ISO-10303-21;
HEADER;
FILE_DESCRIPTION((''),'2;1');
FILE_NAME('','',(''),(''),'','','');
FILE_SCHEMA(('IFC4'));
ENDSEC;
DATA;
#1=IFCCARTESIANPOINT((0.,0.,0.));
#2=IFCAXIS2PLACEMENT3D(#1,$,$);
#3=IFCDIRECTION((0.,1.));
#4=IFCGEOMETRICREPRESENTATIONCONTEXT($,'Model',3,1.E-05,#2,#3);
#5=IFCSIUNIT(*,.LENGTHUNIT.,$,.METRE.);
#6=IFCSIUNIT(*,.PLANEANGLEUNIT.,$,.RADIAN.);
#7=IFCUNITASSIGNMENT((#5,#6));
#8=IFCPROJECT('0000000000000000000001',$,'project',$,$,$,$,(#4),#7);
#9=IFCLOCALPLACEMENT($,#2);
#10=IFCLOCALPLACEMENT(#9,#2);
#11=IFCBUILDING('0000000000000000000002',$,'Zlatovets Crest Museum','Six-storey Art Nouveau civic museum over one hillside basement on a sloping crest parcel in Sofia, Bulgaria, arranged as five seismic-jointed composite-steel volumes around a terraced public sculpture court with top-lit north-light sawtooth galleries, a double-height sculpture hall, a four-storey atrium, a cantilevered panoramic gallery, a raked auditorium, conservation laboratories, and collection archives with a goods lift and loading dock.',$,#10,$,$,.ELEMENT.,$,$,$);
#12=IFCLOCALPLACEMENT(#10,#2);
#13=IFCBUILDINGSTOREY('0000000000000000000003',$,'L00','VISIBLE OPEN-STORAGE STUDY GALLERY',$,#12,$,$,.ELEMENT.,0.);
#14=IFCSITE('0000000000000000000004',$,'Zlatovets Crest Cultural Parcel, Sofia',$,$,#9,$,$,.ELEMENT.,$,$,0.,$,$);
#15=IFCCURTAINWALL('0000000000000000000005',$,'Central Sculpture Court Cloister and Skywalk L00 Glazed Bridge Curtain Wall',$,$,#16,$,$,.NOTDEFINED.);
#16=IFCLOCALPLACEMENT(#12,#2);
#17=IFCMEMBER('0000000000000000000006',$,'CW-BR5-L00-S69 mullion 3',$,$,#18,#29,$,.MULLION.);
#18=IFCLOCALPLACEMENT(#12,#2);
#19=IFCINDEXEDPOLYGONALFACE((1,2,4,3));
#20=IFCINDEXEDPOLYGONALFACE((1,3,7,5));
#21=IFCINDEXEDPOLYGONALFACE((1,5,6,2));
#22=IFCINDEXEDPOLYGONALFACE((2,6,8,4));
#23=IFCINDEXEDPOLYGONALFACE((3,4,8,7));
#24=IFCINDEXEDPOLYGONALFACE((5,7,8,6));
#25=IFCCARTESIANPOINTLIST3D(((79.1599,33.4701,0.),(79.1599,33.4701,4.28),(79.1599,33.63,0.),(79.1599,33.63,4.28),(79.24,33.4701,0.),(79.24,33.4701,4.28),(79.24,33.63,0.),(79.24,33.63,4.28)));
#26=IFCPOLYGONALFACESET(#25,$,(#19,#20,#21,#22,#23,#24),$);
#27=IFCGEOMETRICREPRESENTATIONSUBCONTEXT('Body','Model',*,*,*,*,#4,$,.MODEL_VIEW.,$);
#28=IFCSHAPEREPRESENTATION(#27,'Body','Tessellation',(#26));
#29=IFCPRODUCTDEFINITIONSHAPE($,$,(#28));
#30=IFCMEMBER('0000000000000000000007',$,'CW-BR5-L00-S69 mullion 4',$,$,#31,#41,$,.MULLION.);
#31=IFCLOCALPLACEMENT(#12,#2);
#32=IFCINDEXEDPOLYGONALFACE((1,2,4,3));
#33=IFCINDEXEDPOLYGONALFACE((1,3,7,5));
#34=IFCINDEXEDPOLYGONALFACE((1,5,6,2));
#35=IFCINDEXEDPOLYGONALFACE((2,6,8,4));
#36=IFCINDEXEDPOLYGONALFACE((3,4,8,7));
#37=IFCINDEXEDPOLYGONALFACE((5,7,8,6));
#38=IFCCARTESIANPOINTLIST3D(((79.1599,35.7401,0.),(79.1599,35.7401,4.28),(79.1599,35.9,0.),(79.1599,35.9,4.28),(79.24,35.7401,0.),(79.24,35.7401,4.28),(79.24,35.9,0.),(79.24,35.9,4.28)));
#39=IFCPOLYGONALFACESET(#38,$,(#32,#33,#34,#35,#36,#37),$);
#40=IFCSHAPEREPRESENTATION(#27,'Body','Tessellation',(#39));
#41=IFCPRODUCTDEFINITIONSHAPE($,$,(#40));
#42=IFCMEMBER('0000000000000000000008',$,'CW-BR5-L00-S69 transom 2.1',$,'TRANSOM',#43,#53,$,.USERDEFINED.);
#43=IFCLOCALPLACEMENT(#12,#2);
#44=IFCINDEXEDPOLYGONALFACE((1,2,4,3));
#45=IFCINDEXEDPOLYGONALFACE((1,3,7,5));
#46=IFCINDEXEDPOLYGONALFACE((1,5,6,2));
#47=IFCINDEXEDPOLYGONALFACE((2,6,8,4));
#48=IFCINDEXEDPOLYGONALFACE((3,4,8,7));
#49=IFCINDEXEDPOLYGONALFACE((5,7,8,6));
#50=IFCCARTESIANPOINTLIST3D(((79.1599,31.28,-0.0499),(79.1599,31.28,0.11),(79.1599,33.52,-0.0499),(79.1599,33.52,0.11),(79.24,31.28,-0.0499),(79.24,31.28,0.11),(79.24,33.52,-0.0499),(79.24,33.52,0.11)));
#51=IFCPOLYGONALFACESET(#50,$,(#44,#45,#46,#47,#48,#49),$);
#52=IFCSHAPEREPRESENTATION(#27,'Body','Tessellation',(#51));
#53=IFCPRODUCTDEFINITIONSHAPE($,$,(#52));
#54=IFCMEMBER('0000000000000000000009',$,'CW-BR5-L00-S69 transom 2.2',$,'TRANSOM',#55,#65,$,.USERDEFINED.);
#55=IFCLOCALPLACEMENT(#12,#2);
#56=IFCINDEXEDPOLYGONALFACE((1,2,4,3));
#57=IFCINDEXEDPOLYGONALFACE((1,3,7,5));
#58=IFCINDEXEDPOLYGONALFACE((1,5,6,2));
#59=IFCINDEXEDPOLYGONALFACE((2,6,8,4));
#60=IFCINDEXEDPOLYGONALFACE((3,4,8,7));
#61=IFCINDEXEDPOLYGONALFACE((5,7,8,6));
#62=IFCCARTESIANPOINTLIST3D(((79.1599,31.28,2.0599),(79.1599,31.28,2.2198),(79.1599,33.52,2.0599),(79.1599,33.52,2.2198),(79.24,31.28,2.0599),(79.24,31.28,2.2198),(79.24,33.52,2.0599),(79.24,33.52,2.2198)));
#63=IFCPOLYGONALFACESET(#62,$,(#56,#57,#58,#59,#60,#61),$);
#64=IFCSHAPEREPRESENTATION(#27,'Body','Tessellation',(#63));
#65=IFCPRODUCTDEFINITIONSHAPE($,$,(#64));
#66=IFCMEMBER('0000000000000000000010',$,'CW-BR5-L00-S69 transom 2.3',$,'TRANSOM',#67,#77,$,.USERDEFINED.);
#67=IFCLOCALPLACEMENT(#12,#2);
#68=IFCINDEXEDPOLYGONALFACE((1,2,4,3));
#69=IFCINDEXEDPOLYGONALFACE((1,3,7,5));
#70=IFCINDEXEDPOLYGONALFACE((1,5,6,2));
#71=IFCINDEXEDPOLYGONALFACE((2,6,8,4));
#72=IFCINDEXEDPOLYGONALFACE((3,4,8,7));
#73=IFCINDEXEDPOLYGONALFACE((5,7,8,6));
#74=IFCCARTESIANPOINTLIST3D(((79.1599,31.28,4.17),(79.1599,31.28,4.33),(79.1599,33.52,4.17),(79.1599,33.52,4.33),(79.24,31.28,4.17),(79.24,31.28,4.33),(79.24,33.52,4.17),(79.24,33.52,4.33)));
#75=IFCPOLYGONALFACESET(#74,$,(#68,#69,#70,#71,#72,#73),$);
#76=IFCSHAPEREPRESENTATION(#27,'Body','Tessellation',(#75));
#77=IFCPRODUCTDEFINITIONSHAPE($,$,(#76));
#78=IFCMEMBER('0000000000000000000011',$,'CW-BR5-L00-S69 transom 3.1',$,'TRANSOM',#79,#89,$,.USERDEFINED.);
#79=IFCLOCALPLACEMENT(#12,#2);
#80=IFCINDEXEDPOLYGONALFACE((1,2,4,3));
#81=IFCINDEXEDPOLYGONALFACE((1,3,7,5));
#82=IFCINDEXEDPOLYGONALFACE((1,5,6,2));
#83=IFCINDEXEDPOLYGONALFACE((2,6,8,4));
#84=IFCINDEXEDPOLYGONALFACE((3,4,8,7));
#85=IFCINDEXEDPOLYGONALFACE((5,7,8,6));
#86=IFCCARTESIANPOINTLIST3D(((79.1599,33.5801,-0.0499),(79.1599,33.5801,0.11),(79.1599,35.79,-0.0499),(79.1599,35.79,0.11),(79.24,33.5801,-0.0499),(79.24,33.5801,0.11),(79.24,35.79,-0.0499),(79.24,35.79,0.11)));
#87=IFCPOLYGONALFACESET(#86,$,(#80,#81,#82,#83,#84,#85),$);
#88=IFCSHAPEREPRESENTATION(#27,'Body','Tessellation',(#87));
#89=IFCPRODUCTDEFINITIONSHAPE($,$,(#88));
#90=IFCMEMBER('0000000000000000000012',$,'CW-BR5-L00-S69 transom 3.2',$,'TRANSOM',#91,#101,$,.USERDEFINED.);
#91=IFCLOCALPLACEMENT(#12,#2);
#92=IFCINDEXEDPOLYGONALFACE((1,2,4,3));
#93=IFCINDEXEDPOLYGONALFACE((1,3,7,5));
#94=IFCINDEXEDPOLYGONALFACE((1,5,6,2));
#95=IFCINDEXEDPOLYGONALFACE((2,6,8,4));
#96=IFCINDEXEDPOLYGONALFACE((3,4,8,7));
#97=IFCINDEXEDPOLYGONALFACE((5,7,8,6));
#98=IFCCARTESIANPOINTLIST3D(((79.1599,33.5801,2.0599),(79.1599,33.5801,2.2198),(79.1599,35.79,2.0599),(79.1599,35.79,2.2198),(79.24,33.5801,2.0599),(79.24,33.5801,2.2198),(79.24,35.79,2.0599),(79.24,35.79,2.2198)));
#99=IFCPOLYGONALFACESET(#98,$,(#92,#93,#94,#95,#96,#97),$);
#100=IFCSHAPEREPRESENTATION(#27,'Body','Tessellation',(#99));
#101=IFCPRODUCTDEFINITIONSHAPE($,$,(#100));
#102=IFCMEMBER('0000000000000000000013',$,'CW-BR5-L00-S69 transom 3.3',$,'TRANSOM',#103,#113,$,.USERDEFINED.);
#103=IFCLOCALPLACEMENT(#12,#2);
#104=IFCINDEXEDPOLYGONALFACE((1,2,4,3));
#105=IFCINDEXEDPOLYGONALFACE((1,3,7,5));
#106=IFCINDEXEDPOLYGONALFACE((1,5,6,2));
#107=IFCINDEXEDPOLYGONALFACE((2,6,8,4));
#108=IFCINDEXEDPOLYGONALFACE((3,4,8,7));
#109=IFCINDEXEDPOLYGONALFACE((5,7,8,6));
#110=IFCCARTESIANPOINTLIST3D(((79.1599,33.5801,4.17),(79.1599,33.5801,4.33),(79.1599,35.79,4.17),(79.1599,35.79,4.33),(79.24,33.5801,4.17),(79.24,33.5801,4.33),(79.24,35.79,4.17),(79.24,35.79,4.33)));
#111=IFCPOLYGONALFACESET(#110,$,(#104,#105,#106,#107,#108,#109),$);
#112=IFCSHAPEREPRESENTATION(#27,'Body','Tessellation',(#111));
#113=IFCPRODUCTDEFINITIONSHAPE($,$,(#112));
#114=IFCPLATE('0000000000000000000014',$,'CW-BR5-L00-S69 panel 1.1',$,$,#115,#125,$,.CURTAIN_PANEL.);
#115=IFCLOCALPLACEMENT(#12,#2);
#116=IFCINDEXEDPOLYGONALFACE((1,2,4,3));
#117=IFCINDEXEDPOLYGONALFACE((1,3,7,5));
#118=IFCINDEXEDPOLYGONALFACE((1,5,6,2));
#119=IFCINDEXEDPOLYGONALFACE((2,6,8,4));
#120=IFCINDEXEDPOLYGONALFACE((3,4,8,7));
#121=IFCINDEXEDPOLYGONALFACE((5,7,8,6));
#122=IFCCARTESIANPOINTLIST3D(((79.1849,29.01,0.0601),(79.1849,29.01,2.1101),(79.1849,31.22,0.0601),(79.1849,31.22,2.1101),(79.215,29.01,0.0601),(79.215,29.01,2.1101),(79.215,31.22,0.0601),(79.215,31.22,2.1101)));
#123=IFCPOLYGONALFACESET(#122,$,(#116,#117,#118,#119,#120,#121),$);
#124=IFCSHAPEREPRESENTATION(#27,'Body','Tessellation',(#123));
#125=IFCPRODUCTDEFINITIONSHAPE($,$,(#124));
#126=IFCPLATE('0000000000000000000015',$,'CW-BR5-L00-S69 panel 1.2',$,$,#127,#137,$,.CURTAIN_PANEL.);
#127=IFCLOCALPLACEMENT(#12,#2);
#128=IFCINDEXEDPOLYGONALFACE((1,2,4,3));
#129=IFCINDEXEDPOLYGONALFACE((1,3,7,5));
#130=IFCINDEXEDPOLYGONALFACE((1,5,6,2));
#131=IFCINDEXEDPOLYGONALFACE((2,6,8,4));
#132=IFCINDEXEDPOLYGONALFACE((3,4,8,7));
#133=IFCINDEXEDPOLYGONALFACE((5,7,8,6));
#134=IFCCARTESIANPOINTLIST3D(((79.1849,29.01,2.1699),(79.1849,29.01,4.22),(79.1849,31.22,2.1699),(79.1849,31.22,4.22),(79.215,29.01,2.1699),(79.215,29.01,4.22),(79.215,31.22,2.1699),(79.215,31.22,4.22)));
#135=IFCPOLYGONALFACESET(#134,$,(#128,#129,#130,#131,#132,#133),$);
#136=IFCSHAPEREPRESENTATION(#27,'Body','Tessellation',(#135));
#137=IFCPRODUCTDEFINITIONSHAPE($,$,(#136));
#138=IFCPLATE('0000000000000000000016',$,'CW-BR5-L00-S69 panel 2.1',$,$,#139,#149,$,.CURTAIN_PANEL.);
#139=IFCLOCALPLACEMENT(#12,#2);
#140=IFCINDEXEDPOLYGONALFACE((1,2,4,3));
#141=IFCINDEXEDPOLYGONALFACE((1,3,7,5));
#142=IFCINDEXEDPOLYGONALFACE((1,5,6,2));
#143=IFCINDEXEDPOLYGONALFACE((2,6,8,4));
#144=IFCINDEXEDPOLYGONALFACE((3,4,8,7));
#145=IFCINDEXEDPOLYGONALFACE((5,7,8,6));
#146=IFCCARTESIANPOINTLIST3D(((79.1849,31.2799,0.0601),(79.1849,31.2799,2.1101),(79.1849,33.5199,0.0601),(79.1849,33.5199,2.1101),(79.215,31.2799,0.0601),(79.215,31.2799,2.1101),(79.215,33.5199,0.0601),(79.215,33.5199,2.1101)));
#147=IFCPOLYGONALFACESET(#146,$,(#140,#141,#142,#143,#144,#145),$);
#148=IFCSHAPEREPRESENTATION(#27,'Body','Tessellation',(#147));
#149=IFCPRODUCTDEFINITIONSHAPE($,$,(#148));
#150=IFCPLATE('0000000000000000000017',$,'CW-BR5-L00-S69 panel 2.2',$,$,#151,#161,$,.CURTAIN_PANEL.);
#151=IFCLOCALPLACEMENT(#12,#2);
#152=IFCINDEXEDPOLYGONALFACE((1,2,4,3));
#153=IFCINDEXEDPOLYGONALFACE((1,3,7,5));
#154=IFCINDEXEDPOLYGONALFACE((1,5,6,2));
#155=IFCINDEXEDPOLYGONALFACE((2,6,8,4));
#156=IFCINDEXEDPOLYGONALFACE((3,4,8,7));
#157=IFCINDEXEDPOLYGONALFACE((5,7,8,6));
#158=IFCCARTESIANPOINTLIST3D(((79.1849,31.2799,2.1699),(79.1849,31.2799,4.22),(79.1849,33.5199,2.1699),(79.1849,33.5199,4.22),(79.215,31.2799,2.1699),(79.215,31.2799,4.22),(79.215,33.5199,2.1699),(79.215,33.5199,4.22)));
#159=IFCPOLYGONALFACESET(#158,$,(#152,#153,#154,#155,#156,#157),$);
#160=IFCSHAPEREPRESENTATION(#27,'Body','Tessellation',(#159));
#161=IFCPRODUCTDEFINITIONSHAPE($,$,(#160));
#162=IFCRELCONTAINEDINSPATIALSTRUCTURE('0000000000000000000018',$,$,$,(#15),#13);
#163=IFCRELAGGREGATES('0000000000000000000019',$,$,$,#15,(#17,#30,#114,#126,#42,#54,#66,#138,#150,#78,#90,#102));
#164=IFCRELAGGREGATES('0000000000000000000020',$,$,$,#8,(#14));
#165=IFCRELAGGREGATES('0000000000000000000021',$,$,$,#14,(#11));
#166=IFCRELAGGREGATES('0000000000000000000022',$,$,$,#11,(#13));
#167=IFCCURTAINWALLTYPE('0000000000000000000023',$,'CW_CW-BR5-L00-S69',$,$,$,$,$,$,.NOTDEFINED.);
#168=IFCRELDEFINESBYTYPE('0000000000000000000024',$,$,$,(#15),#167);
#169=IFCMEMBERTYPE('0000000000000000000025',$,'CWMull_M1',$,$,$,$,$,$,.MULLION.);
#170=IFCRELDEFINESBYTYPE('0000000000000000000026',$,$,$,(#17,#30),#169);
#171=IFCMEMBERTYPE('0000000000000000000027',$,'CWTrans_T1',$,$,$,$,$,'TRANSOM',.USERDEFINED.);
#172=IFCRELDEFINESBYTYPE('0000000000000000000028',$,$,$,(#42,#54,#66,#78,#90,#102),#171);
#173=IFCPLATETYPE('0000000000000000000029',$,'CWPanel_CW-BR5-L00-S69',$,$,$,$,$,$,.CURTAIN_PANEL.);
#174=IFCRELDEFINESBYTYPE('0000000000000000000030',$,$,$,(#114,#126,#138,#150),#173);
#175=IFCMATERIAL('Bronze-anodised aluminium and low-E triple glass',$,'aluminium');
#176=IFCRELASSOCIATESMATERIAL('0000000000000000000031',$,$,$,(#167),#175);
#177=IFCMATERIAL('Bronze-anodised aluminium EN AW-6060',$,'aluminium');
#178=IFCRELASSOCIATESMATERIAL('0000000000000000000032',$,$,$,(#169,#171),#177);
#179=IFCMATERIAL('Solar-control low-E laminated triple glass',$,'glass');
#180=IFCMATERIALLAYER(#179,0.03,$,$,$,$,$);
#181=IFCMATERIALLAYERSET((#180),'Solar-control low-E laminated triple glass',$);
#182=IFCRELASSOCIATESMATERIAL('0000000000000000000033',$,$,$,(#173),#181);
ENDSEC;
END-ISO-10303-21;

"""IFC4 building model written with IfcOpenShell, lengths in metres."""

from ifc_helpers import new_model, si_unit, direction, frame, origin, origin_2d, place, context, subcontext, project, spatial, rectangle, extrude, material, layer, layer_set, material_profile, profile_set, type_object, element, aggregate, save


model = new_model("IFC4")

# Units and contexts
model_context = context("Model", 3, precision=1e-05, world=origin(), true_north=direction((0.0, 1.0)))
body_context = subcontext(model_context, "Body", "Model", "MODEL_VIEW")
ifc_project = project(units=[si_unit("LENGTHUNIT", "METRE"), si_unit("PLANEANGLEUNIT", "RADIAN")], contexts=[model_context])

# Site, building, storey
site_placement = place(None, origin())
site = spatial("IfcSite", under=ifc_project, at=site_placement, Name="Zlatovets Crest Cultural Parcel, Sofia", CompositionType="ELEMENT", RefElevation=0.0)
building_placement = place(site_placement, origin())
building = spatial("IfcBuilding", under=site, at=building_placement, Name="Zlatovets Crest Museum", Description="Six-storey Art Nouveau civic museum over one hillside basement on a sloping crest parcel in Sofia, Bulgaria, arranged as five seismic-jointed composite-steel volumes around a terraced public sculpture court with top-lit north-light sawtooth galleries, a double-height sculpture hall, a four-storey atrium, a cantilevered panoramic gallery, a raked auditorium, conservation laboratories, and collection archives with a goods lift and loading dock.", CompositionType="ELEMENT")
storey_placement = place(building_placement, origin())
storey = spatial("IfcBuildingStorey", under=building, at=storey_placement, Name="L00", Description="VISIBLE OPEN-STORAGE STUDY GALLERY", CompositionType="ELEMENT", Elevation=0.0)

# Curtain wall, members, plates
ifc_material_1 = material(Name="Bronze-anodised aluminium and low-E triple glass", Category="aluminium")
curtain_wall_type = type_object("IfcCurtainWallType", Name="CW_CW-BR5-L00-S69", PredefinedType="NOTDEFINED", material=ifc_material_1)
curtain_wall_placement = place(storey_placement, origin())
curtain_wall = element("IfcCurtainWall", 1, at=curtain_wall_placement, inside=storey, type_object=curtain_wall_type, Name="Central Sculpture Court Cloister and Skywalk L00 Glazed Bridge Curtain Wall", PredefinedType="NOTDEFINED")
ifc_material_2 = material(Name="Bronze-anodised aluminium EN AW-6060", Category="aluminium")
ifc_material_profile_1 = material_profile(ifc_material_2, rectangle(XDim=0.0801, YDim=0.1599, at=origin_2d()), Name="ALU 80x160")
ifc_profile_set_1 = profile_set([ifc_material_profile_1], Name="Bronze-anodised aluminium EN AW-6060")
member_type_1 = type_object("IfcMemberType", Name="CWMull_M1", PredefinedType="MULLION", material=ifc_profile_set_1)
member_1_placement = place(storey_placement, frame((79.2, 33.55, 0.0), z_axis=(0.0, 0.0, 1.0), x_axis=(-1.0, 0.0, 0.0)))
member_1 = element("IfcMember", 2, at=member_1_placement, type_object=member_type_1, Name="CW-BR5-L00-S69 mullion 3", PredefinedType="MULLION", context=body_context, shape_type="SweptSolid", body=[
    extrude(rectangle(XDim=0.0801, YDim=0.1599, at=origin_2d()), origin(), (0.0, 0.0, 1.0), 4.28),
])
member_2_placement = place(storey_placement, frame((79.2, 35.8201, 0.0), z_axis=(0.0, 0.0, 1.0), x_axis=(-1.0, 0.0, 0.0)))
member_2 = element("IfcMember", 3, at=member_2_placement, type_object=member_type_1, Name="CW-BR5-L00-S69 mullion 4", PredefinedType="MULLION", context=body_context, shape_type="SweptSolid", body=[
    extrude(rectangle(XDim=0.0801, YDim=0.1599, at=origin_2d()), origin(), (0.0, 0.0, 1.0), 4.28),
])
ifc_material_profile_2 = material_profile(ifc_material_2, rectangle(XDim=0.0801, YDim=0.1599, at=origin_2d()), Name="ALU 80x160")
ifc_profile_set_2 = profile_set([ifc_material_profile_2], Name="Bronze-anodised aluminium EN AW-6060")
member_type_2 = type_object("IfcMemberType", Name="CWTrans_T1", ElementType="TRANSOM", PredefinedType="USERDEFINED", material=ifc_profile_set_2)
member_3_placement = place(storey_placement, frame((79.2, 31.28, 0.03), z_axis=(0.0, 1.0, 0.0), x_axis=(-1.0, 0.0, 0.0)))
member_3 = element("IfcMember", 4, at=member_3_placement, type_object=member_type_2, Name="CW-BR5-L00-S69 transom 2.1", ObjectType="TRANSOM", PredefinedType="USERDEFINED", context=body_context, shape_type="SweptSolid", body=[
    extrude(rectangle(XDim=0.0801, YDim=0.1599, at=origin_2d()), origin(), (0.0, 0.0, 1.0), 2.24),
])
member_4_placement = place(storey_placement, frame((79.2, 31.28, 2.1399), z_axis=(0.0, 1.0, 0.0), x_axis=(-1.0, 0.0, 0.0)))
member_4 = element("IfcMember", 5, at=member_4_placement, type_object=member_type_2, Name="CW-BR5-L00-S69 transom 2.2", ObjectType="TRANSOM", PredefinedType="USERDEFINED", context=body_context, shape_type="SweptSolid", body=[
    extrude(rectangle(XDim=0.0801, YDim=0.1599, at=origin_2d()), origin(), (0.0, 0.0, 1.0), 2.24),
])
member_5_placement = place(storey_placement, frame((79.2, 31.28, 4.25), z_axis=(0.0, 1.0, 0.0), x_axis=(-1.0, 0.0, 0.0)))
member_5 = element("IfcMember", 6, at=member_5_placement, type_object=member_type_2, Name="CW-BR5-L00-S69 transom 2.3", ObjectType="TRANSOM", PredefinedType="USERDEFINED", context=body_context, shape_type="SweptSolid", body=[
    extrude(rectangle(XDim=0.0801, YDim=0.1599, at=origin_2d()), origin(), (0.0, 0.0, 1.0), 2.24),
])
member_6_placement = place(storey_placement, frame((79.2, 33.5801, 0.03), z_axis=(0.0, 1.0, 0.0), x_axis=(-1.0, 0.0, 0.0)))
member_6 = element("IfcMember", 7, at=member_6_placement, type_object=member_type_2, Name="CW-BR5-L00-S69 transom 3.1", ObjectType="TRANSOM", PredefinedType="USERDEFINED", context=body_context, shape_type="SweptSolid", body=[
    extrude(rectangle(XDim=0.0801, YDim=0.1599, at=origin_2d()), origin(), (0.0, 0.0, 1.0), 2.21),
])
member_7_placement = place(storey_placement, frame((79.2, 33.5801, 2.1399), z_axis=(0.0, 1.0, 0.0), x_axis=(-1.0, 0.0, 0.0)))
member_7 = element("IfcMember", 8, at=member_7_placement, type_object=member_type_2, Name="CW-BR5-L00-S69 transom 3.2", ObjectType="TRANSOM", PredefinedType="USERDEFINED", context=body_context, shape_type="SweptSolid", body=[
    extrude(rectangle(XDim=0.0801, YDim=0.1599, at=origin_2d()), origin(), (0.0, 0.0, 1.0), 2.21),
])
member_8_placement = place(storey_placement, frame((79.2, 33.5801, 4.25), z_axis=(0.0, 1.0, 0.0), x_axis=(-1.0, 0.0, 0.0)))
member_8 = element("IfcMember", 9, at=member_8_placement, type_object=member_type_2, Name="CW-BR5-L00-S69 transom 3.3", ObjectType="TRANSOM", PredefinedType="USERDEFINED", context=body_context, shape_type="SweptSolid", body=[
    extrude(rectangle(XDim=0.0801, YDim=0.1599, at=origin_2d()), origin(), (0.0, 0.0, 1.0), 2.21),
])
ifc_material_3 = material(Name="Solar-control low-E laminated triple glass", Category="glass")
ifc_layer_1 = layer(ifc_material_3, 0.03)
ifc_layer_set_1 = layer_set([ifc_layer_1], Name="Solar-control low-E laminated triple glass")
plate_type = type_object("IfcPlateType", Name="CWPanel_CW-BR5-L00-S69", PredefinedType="CURTAIN_PANEL", material=ifc_layer_set_1)
plate_1_placement = place(storey_placement, frame((79.2, 30.115, 0.0601), z_axis=(0.0, 0.0, 1.0), x_axis=(0.0, 1.0, 0.0)))
plate_1 = element("IfcPlate", 10, at=plate_1_placement, type_object=plate_type, Name="CW-BR5-L00-S69 panel 1.1", PredefinedType="CURTAIN_PANEL", context=body_context, shape_type="SweptSolid", body=[
    extrude(rectangle(XDim=2.21, YDim=0.03, at=origin_2d()), origin(), (0.0, 0.0, 1.0), 2.05),
])
plate_2_placement = place(storey_placement, frame((79.2, 30.115, 2.1699), z_axis=(0.0, 0.0, 1.0), x_axis=(0.0, 1.0, 0.0)))
plate_2 = element("IfcPlate", 11, at=plate_2_placement, type_object=plate_type, Name="CW-BR5-L00-S69 panel 1.2", PredefinedType="CURTAIN_PANEL", context=body_context, shape_type="SweptSolid", body=[
    extrude(rectangle(XDim=2.21, YDim=0.03, at=origin_2d()), origin(), (0.0, 0.0, 1.0), 2.05),
])
plate_3_placement = place(storey_placement, frame((79.2, 32.3999, 0.0601), z_axis=(0.0, 0.0, 1.0), x_axis=(0.0, 1.0, 0.0)))
plate_3 = element("IfcPlate", 12, at=plate_3_placement, type_object=plate_type, Name="CW-BR5-L00-S69 panel 2.1", PredefinedType="CURTAIN_PANEL", context=body_context, shape_type="SweptSolid", body=[
    extrude(rectangle(XDim=2.24, YDim=0.03, at=origin_2d()), origin(), (0.0, 0.0, 1.0), 2.05),
])
plate_4_placement = place(storey_placement, frame((79.2, 32.3999, 2.1699), z_axis=(0.0, 0.0, 1.0), x_axis=(0.0, 1.0, 0.0)))
plate_4 = element("IfcPlate", 13, at=plate_4_placement, type_object=plate_type, Name="CW-BR5-L00-S69 panel 2.2", PredefinedType="CURTAIN_PANEL", context=body_context, shape_type="SweptSolid", body=[
    extrude(rectangle(XDim=2.24, YDim=0.03, at=origin_2d()), origin(), (0.0, 0.0, 1.0), 2.05),
])
aggregate(curtain_wall, [member_1, member_2, plate_1, plate_2, member_3, member_4, member_5, plate_3, plate_4, member_6, member_7, member_8])

save(model, "model.ifc")
